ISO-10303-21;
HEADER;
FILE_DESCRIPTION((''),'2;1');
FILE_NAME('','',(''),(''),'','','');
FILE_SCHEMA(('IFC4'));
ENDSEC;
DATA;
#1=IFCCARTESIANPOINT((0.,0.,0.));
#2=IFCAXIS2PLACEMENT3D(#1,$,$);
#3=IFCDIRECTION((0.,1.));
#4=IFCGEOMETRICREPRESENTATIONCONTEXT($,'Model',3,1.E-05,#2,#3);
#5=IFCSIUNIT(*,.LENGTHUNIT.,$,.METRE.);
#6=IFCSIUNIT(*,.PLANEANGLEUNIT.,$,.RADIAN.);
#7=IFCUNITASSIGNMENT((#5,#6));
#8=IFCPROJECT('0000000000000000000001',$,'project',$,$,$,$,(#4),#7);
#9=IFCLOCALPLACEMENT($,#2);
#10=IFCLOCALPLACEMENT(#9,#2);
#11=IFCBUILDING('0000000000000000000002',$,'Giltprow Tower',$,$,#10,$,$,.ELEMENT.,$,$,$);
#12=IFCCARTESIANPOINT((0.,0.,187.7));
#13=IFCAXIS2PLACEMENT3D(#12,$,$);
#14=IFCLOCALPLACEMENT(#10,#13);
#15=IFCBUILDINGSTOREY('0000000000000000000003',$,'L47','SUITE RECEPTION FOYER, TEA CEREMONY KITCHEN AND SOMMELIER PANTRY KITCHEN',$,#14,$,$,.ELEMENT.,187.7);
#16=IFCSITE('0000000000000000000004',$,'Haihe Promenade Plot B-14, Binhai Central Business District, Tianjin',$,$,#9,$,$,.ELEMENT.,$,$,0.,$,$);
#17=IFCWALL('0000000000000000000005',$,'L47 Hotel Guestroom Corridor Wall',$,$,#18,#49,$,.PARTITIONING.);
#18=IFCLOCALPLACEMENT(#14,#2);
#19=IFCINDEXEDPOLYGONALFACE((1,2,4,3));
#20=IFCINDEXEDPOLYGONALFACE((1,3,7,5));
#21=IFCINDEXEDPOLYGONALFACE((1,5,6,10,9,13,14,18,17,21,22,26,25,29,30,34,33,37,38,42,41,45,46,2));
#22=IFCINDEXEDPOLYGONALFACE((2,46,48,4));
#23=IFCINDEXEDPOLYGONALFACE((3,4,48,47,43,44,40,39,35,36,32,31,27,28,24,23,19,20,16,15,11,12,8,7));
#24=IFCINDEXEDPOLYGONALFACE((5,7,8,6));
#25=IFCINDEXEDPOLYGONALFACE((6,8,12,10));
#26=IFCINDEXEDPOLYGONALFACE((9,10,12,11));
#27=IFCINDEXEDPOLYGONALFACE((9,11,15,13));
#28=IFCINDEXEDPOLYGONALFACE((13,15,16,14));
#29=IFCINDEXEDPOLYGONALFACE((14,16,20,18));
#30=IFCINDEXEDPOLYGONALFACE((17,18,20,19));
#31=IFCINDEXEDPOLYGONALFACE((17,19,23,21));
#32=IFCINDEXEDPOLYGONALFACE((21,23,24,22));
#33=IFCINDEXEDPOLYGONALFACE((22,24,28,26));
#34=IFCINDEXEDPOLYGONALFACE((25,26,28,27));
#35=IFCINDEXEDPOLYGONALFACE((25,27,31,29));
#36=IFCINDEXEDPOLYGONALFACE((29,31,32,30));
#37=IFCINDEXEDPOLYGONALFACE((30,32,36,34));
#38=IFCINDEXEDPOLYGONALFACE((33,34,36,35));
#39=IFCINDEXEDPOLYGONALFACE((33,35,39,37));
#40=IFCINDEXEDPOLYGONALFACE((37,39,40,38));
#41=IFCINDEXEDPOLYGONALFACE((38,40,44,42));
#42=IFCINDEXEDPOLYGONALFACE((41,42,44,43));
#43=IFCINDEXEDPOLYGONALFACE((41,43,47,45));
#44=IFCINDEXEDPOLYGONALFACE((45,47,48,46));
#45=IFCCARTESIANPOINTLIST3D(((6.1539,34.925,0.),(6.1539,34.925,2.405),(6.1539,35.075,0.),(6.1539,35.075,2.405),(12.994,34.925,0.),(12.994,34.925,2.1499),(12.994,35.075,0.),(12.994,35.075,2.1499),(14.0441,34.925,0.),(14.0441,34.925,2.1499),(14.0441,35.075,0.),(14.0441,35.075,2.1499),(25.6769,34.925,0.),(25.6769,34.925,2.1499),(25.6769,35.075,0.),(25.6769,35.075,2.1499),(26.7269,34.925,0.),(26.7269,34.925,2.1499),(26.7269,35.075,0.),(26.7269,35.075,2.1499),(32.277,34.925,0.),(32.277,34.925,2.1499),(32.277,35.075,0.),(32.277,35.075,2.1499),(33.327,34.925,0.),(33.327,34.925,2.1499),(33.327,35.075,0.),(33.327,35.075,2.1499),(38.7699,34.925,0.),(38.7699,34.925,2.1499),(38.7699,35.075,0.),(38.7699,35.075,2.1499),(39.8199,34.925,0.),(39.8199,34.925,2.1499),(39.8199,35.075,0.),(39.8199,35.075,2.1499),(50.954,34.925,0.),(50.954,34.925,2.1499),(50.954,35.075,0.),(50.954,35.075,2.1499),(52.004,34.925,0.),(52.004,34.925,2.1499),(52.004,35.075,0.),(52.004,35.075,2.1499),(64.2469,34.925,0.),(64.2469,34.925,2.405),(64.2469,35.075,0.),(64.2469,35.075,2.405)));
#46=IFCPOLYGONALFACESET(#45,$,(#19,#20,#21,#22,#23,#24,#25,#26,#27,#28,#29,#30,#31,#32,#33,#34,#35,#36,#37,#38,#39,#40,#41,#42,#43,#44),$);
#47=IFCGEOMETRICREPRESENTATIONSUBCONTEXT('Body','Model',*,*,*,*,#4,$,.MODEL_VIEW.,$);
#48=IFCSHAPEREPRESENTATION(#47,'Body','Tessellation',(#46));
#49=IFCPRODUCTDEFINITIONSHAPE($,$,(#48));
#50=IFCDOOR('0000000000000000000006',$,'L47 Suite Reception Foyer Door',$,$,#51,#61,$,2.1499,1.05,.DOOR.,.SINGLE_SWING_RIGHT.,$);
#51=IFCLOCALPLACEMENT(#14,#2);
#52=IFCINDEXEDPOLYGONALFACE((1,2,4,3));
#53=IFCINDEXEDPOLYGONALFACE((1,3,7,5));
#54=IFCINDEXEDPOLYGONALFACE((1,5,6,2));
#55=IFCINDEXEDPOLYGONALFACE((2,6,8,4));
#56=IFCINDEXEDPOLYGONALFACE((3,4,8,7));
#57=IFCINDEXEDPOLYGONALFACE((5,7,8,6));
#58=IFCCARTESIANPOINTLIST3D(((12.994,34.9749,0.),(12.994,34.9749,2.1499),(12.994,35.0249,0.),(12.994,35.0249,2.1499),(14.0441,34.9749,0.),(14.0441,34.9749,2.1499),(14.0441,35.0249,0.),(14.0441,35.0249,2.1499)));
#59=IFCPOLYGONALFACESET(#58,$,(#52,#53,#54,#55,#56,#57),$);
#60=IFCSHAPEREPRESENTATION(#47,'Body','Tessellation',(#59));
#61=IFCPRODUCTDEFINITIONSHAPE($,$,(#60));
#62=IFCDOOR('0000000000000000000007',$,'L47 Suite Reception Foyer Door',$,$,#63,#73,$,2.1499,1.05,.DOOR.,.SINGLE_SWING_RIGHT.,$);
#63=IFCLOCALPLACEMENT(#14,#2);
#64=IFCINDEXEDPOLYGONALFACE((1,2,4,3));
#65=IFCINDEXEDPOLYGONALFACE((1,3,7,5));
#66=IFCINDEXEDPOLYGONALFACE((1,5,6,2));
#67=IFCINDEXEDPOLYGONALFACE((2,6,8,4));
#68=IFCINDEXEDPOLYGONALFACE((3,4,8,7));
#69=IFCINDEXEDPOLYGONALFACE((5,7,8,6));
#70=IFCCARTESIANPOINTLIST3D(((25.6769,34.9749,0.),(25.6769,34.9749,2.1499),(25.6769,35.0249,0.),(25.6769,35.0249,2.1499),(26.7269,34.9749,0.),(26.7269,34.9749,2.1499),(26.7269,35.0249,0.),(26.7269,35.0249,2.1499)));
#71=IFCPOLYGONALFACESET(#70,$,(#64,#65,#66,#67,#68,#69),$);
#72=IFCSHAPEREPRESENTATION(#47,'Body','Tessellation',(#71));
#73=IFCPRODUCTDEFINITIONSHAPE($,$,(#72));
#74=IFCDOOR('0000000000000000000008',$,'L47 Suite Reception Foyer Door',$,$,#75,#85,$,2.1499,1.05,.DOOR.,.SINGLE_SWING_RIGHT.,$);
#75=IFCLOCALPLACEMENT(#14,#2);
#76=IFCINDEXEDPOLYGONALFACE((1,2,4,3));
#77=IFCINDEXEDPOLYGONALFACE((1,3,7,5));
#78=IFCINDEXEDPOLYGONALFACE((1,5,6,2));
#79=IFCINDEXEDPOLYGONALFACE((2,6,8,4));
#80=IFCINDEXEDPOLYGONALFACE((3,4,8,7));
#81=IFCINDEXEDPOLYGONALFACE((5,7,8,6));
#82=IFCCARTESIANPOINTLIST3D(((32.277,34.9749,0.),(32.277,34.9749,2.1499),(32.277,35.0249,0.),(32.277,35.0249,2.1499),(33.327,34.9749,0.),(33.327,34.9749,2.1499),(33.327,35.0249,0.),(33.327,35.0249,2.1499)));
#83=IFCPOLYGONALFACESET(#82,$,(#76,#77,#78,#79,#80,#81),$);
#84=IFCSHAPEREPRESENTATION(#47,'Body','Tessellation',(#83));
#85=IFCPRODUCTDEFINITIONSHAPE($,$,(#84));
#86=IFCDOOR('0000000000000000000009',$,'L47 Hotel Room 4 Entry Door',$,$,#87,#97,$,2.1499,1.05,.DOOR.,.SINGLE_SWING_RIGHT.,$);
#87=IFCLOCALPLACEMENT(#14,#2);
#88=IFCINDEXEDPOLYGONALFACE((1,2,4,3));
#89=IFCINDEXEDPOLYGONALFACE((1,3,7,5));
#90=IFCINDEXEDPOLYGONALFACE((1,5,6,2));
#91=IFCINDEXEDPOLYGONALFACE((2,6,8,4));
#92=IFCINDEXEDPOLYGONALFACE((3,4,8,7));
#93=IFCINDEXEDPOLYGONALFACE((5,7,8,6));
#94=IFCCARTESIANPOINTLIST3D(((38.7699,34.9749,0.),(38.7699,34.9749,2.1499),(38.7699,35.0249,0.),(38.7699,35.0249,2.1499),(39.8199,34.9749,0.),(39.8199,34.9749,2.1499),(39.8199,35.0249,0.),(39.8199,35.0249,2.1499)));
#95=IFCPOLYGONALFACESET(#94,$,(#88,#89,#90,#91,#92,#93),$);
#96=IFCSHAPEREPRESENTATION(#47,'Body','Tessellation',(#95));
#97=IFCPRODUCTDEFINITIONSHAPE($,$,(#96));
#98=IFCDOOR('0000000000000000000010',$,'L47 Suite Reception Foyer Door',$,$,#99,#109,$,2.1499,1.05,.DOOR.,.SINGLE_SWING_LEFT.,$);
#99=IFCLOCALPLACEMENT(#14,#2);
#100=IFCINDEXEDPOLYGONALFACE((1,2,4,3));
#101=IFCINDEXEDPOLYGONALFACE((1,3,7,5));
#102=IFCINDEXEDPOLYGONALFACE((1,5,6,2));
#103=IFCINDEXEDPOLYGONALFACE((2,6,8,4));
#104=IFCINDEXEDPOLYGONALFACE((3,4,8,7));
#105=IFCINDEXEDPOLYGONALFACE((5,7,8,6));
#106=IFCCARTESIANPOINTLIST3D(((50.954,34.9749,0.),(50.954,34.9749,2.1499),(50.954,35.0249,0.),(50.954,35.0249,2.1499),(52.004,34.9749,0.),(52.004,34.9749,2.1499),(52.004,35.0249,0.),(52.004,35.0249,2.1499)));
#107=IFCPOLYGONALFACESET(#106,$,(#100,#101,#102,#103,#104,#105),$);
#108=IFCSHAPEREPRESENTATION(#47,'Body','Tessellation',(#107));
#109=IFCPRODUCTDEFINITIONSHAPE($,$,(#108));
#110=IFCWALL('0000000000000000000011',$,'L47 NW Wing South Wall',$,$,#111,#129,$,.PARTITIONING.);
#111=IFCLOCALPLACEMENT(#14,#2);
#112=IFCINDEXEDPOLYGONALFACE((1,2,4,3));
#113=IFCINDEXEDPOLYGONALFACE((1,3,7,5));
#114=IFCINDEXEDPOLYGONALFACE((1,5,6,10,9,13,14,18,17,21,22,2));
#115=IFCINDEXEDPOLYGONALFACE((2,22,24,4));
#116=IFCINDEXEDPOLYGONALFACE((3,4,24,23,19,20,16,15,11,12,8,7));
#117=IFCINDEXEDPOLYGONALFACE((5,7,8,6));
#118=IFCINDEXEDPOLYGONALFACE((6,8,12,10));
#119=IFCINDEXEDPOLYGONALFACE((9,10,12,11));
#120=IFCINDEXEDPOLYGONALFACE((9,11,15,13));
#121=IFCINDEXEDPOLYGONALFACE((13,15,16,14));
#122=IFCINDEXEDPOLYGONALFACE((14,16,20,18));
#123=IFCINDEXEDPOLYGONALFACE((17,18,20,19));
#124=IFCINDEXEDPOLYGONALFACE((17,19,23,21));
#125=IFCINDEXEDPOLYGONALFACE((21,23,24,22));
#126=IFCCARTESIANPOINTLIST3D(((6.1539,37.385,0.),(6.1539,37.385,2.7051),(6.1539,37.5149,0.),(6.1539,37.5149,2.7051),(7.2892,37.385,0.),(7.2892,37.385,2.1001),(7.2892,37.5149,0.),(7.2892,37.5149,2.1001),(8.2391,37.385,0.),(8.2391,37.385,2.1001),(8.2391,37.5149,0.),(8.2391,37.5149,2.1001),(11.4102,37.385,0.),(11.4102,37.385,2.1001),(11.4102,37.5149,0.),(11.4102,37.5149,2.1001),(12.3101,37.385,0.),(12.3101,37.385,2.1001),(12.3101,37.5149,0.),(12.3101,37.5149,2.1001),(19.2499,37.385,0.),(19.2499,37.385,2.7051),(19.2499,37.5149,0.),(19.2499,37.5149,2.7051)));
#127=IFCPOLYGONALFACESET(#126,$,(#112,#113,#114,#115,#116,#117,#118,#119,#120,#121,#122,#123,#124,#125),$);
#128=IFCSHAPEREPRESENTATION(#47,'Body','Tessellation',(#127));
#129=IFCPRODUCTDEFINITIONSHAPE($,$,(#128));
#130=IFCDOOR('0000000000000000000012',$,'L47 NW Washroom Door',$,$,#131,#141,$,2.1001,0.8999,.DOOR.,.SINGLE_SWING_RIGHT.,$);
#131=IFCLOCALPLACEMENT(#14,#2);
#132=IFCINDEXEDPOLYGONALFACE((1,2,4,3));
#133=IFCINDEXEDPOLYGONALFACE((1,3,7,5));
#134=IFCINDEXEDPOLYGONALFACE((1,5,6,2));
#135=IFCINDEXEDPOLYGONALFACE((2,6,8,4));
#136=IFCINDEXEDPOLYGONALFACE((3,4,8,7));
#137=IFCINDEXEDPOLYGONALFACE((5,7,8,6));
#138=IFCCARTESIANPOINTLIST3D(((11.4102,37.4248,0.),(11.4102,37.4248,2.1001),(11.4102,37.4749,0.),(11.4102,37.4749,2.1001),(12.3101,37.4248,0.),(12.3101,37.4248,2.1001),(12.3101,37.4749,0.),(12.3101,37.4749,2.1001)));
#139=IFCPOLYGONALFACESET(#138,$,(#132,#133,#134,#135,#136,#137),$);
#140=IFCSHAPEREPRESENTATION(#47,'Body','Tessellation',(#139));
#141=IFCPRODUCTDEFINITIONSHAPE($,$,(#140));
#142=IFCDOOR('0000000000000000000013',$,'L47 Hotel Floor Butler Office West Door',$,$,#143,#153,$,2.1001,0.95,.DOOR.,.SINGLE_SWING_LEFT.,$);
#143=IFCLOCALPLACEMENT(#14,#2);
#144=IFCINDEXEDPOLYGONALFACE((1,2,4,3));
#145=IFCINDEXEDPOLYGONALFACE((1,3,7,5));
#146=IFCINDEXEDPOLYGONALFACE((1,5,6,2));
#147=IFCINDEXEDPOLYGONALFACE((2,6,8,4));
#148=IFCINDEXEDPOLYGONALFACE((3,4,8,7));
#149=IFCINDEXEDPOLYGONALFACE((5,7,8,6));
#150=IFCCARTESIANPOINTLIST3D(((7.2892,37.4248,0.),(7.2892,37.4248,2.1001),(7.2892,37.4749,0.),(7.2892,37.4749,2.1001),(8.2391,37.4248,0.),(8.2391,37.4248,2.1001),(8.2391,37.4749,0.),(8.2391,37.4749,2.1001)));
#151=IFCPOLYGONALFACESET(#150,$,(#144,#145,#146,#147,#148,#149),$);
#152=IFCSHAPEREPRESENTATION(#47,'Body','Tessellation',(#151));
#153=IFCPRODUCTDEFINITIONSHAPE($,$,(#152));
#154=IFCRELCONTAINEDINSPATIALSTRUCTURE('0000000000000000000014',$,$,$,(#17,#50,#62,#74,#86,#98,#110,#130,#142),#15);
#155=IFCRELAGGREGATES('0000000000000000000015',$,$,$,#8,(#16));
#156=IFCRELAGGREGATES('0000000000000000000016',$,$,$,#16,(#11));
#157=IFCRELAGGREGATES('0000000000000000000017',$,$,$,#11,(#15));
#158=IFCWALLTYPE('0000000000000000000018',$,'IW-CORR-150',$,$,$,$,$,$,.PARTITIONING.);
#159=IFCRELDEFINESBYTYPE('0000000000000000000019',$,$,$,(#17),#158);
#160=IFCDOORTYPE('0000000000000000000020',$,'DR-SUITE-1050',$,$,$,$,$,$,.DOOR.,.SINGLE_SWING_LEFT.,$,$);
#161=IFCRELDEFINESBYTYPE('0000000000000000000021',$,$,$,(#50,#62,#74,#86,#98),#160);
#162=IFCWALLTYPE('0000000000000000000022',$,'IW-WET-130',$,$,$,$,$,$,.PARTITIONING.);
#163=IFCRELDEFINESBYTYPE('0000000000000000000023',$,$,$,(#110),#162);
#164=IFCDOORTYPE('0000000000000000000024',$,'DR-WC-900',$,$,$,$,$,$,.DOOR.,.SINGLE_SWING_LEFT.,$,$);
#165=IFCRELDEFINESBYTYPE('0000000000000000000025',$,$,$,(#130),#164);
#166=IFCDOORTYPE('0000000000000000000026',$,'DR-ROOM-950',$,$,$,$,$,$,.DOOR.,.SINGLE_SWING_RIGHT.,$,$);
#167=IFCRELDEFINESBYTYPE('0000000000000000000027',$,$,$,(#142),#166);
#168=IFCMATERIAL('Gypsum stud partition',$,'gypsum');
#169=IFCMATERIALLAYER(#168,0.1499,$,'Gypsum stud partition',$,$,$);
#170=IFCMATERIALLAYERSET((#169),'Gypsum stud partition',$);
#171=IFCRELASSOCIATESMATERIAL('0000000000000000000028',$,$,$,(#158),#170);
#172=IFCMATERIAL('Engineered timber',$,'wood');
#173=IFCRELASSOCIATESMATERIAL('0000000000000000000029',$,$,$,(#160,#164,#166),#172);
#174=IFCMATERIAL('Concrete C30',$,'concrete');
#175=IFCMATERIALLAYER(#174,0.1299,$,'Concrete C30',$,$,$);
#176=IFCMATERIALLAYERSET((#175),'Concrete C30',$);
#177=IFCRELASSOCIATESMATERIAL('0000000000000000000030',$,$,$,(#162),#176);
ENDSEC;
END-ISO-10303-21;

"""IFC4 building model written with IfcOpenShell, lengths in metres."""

from ifc_helpers import new_model, si_unit, direction, frame, frame_2d, origin, place, context, subcontext, project, spatial, rectangle, extrude, source, transform, mapped, material, layer, layer_set, type_object, element, fill, save


model = new_model("IFC4")

# Units and contexts
model_context = context("Model", 3, precision=1e-05, world=origin(), true_north=direction((0.0, 1.0)))
body_context = subcontext(model_context, "Body", "Model", "MODEL_VIEW")
ifc_project = project(units=[si_unit("LENGTHUNIT", "METRE"), si_unit("PLANEANGLEUNIT", "RADIAN")], contexts=[model_context])

# Site, building, storey
site_placement = place(None, origin())
site = spatial("IfcSite", under=ifc_project, at=site_placement, Name="Haihe Promenade Plot B-14, Binhai Central Business District, Tianjin", CompositionType="ELEMENT", RefElevation=0.0)
building_placement = place(site_placement, origin())
building = spatial("IfcBuilding", under=site, at=building_placement, Name="Giltprow Tower", CompositionType="ELEMENT")
storey_placement = place(building_placement, frame((0.0, 0.0, 187.7)))
storey = spatial("IfcBuildingStorey", under=building, at=storey_placement, Name="L47", Description="SUITE RECEPTION FOYER, TEA CEREMONY KITCHEN AND SOMMELIER PANTRY KITCHEN", CompositionType="ELEMENT", Elevation=187.7)

# Walls, openings, doors
ifc_material_1 = material(Name="Gypsum stud partition", Category="gypsum")
ifc_layer_1 = layer(ifc_material_1, 0.1499, Name="Gypsum stud partition")
ifc_layer_set_1 = layer_set([ifc_layer_1], Name="Gypsum stud partition")
wall_type_1 = type_object("IfcWallType", Name="IW-CORR-150", PredefinedType="PARTITIONING", material=ifc_layer_set_1)
wall_1_placement = place(storey_placement, frame((6.1541, 35.0, 0.0), z_axis=(0.0, 0.0, 1.0), x_axis=(1.0, 0.0, 0.0)))
wall_1 = element("IfcWall", 1, at=wall_1_placement, inside=storey, type_object=wall_type_1, Name="L47 Hotel Guestroom Corridor Wall", PredefinedType="PARTITIONING", context=body_context, shape_type="SweptSolid", body=[
    extrude(rectangle(XDim=58.093, YDim=0.1499, at=frame_2d((29.0464, 0.0))), origin(), (0.0, 0.0, 1.0), 2.405),
])
opening_1_placement = place(wall_1_placement, frame((6.8401, 0.0, 0.0)))
opening_1 = element("IfcOpeningElement", 2, at=opening_1_placement, cuts=wall_1, PredefinedType="OPENING", context=body_context, shape_type="SweptSolid", body=[
    extrude(rectangle(XDim=1.05, YDim=2.1499, at=frame_2d((0.5249, 1.075))), frame((0.0, 0.085, 0.0), z_axis=(0.0, -1.0, 0.0), x_axis=(1.0, 0.0, 0.0)), (0.0, 0.0, 1.0), 0.1699),
])
opening_2_placement = place(wall_1_placement, frame((19.5229, 0.0, 0.0)))
opening_2 = element("IfcOpeningElement", 3, at=opening_2_placement, cuts=wall_1, PredefinedType="OPENING", context=body_context, shape_type="SweptSolid", body=[
    extrude(rectangle(XDim=1.05, YDim=2.1499, at=frame_2d((0.5249, 1.075))), frame((0.0, 0.085, 0.0), z_axis=(0.0, -1.0, 0.0), x_axis=(1.0, 0.0, 0.0)), (0.0, 0.0, 1.0), 0.1699),
])
opening_3_placement = place(wall_1_placement, frame((26.123, 0.0, 0.0)))
opening_3 = element("IfcOpeningElement", 4, at=opening_3_placement, cuts=wall_1, PredefinedType="OPENING", context=body_context, shape_type="SweptSolid", body=[
    extrude(rectangle(XDim=1.05, YDim=2.1499, at=frame_2d((0.5249, 1.075))), frame((0.0, 0.085, 0.0), z_axis=(0.0, -1.0, 0.0), x_axis=(1.0, 0.0, 0.0)), (0.0, 0.0, 1.0), 0.1699),
])
opening_4_placement = place(wall_1_placement, frame((32.616, 0.0, 0.0)))
opening_4 = element("IfcOpeningElement", 5, at=opening_4_placement, cuts=wall_1, PredefinedType="OPENING", context=body_context, shape_type="SweptSolid", body=[
    extrude(rectangle(XDim=1.05, YDim=2.1499, at=frame_2d((0.5249, 1.075))), frame((0.0, 0.085, 0.0), z_axis=(0.0, -1.0, 0.0), x_axis=(1.0, 0.0, 0.0)), (0.0, 0.0, 1.0), 0.1699),
])
opening_5_placement = place(wall_1_placement, frame((44.8, 0.0, 0.0)))
opening_5 = element("IfcOpeningElement", 6, at=opening_5_placement, cuts=wall_1, PredefinedType="OPENING", context=body_context, shape_type="SweptSolid", body=[
    extrude(rectangle(XDim=1.05, YDim=2.1499, at=frame_2d((0.5249, 1.075))), frame((0.0, 0.085, 0.0), z_axis=(0.0, -1.0, 0.0), x_axis=(1.0, 0.0, 0.0)), (0.0, 0.0, 1.0), 0.1699),
])
ifc_material_2 = material(Name="Engineered timber", Category="wood")
door_type_1 = type_object("IfcDoorType", Name="DR-SUITE-1050", OperationType="SINGLE_SWING_LEFT", PredefinedType="DOOR", material=ifc_material_2)
shared_shape_1 = source(origin(), body_context, "Body", "SweptSolid", [
    extrude(rectangle(XDim=1.05, YDim=2.1499, at=frame_2d((0.5249, 1.075))), frame((0.0, 0.0249, 0.0), z_axis=(0.0, -1.0, 0.0), x_axis=(1.0, 0.0, 0.0)), (0.0, 0.0, 1.0), 0.05),
])
door_1_placement = place(opening_1_placement, origin())
door_1 = element("IfcDoor", 7, at=door_1_placement, inside=storey, type_object=door_type_1, Name="L47 Suite Reception Foyer Door", OperationType="SINGLE_SWING_RIGHT", OverallHeight=2.1499, OverallWidth=1.05, PredefinedType="DOOR", context=body_context, shape_type="MappedRepresentation", body=[
    mapped(shared_shape_1, transform((0.0, 0.0, 0.0), x_axis=(1.0, 0.0, 0.0), y_axis=(0.0, 1.0, 0.0), z_axis=(0.0, 0.0, 1.0), scale=1.0)),
])
fill(opening_1, door_1)
door_2_placement = place(opening_2_placement, origin())
door_2 = element("IfcDoor", 8, at=door_2_placement, inside=storey, type_object=door_type_1, Name="L47 Suite Reception Foyer Door", OperationType="SINGLE_SWING_RIGHT", OverallHeight=2.1499, OverallWidth=1.05, PredefinedType="DOOR", context=body_context, shape_type="MappedRepresentation", body=[
    mapped(shared_shape_1, transform((0.0, 0.0, 0.0), x_axis=(1.0, 0.0, 0.0), y_axis=(0.0, 1.0, 0.0), z_axis=(0.0, 0.0, 1.0), scale=1.0)),
])
fill(opening_2, door_2)
door_3_placement = place(opening_3_placement, origin())
door_3 = element("IfcDoor", 9, at=door_3_placement, inside=storey, type_object=door_type_1, Name="L47 Suite Reception Foyer Door", OperationType="SINGLE_SWING_RIGHT", OverallHeight=2.1499, OverallWidth=1.05, PredefinedType="DOOR", context=body_context, shape_type="MappedRepresentation", body=[
    mapped(shared_shape_1, transform((0.0, 0.0, 0.0), x_axis=(1.0, 0.0, 0.0), y_axis=(0.0, 1.0, 0.0), z_axis=(0.0, 0.0, 1.0), scale=1.0)),
])
fill(opening_3, door_3)
door_4_placement = place(opening_4_placement, origin())
door_4 = element("IfcDoor", 10, at=door_4_placement, inside=storey, type_object=door_type_1, Name="L47 Hotel Room 4 Entry Door", OperationType="SINGLE_SWING_RIGHT", OverallHeight=2.1499, OverallWidth=1.05, PredefinedType="DOOR", context=body_context, shape_type="MappedRepresentation", body=[
    mapped(shared_shape_1, transform((0.0, 0.0, 0.0), x_axis=(1.0, 0.0, 0.0), y_axis=(0.0, 1.0, 0.0), z_axis=(0.0, 0.0, 1.0), scale=1.0)),
])
fill(opening_4, door_4)
door_5_placement = place(opening_5_placement, origin())
door_5 = element("IfcDoor", 11, at=door_5_placement, inside=storey, type_object=door_type_1, Name="L47 Suite Reception Foyer Door", OperationType="SINGLE_SWING_LEFT", OverallHeight=2.1499, OverallWidth=1.05, PredefinedType="DOOR", context=body_context, shape_type="MappedRepresentation", body=[
    mapped(shared_shape_1, transform((0.0, 0.0, 0.0), x_axis=(1.0, 0.0, 0.0), y_axis=(0.0, 1.0, 0.0), z_axis=(0.0, 0.0, 1.0), scale=1.0)),
])
fill(opening_5, door_5)
ifc_material_3 = material(Name="Concrete C30", Category="concrete")
ifc_layer_2 = layer(ifc_material_3, 0.1299, Name="Concrete C30")
ifc_layer_set_2 = layer_set([ifc_layer_2], Name="Concrete C30")
wall_type_2 = type_object("IfcWallType", Name="IW-WET-130", PredefinedType="PARTITIONING", material=ifc_layer_set_2)
wall_2_placement = place(storey_placement, frame((6.1541, 37.45, 0.0), z_axis=(0.0, 0.0, 1.0), x_axis=(1.0, 0.0, 0.0)))
wall_2 = element("IfcWall", 12, at=wall_2_placement, inside=storey, type_object=wall_type_2, Name="L47 NW Wing South Wall", PredefinedType="PARTITIONING", context=body_context, shape_type="SweptSolid", body=[
    extrude(rectangle(XDim=13.0959, YDim=0.1299, at=frame_2d((6.5479, 0.0))), origin(), (0.0, 0.0, 1.0), 2.7051),
])
opening_6_placement = place(wall_2_placement, frame((1.135, 0.0, 0.0)))
opening_6 = element("IfcOpeningElement", 13, at=opening_6_placement, cuts=wall_2, PredefinedType="OPENING", context=body_context, shape_type="SweptSolid", body=[
    extrude(rectangle(XDim=0.95, YDim=2.1001, at=frame_2d((0.4751, 1.05))), frame((0.0, 0.075, 0.0), z_axis=(0.0, -1.0, 0.0), x_axis=(1.0, 0.0, 0.0)), (0.0, 0.0, 1.0), 0.1499),
])
opening_7_placement = place(wall_2_placement, frame((5.2561, 0.0, 0.0)))
opening_7 = element("IfcOpeningElement", 14, at=opening_7_placement, cuts=wall_2, PredefinedType="OPENING", context=body_context, shape_type="SweptSolid", body=[
    extrude(rectangle(XDim=0.8999, YDim=2.1001, at=frame_2d((0.45, 1.05))), frame((0.0, 0.075, 0.0), z_axis=(0.0, -1.0, 0.0), x_axis=(1.0, 0.0, 0.0)), (0.0, 0.0, 1.0), 0.1499),
])
door_type_2 = type_object("IfcDoorType", Name="DR-WC-900", OperationType="SINGLE_SWING_LEFT", PredefinedType="DOOR", material=ifc_material_2)
shared_shape_2 = source(origin(), body_context, "Body", "SweptSolid", [
    extrude(rectangle(XDim=0.8999, YDim=2.1001, at=frame_2d((0.45, 1.05))), frame((0.0, 0.0249, 0.0), z_axis=(0.0, -1.0, 0.0), x_axis=(1.0, 0.0, 0.0)), (0.0, 0.0, 1.0), 0.05),
])
door_6_placement = place(opening_7_placement, origin())
door_6 = element("IfcDoor", 15, at=door_6_placement, inside=storey, type_object=door_type_2, Name="L47 NW Washroom Door", OperationType="SINGLE_SWING_RIGHT", OverallHeight=2.1001, OverallWidth=0.8999, PredefinedType="DOOR", context=body_context, shape_type="MappedRepresentation", body=[
    mapped(shared_shape_2, transform((0.0, 0.0, 0.0), x_axis=(1.0, 0.0, 0.0), y_axis=(0.0, 1.0, 0.0), z_axis=(0.0, 0.0, 1.0), scale=1.0)),
])
fill(opening_7, door_6)
door_type_3 = type_object("IfcDoorType", Name="DR-ROOM-950", OperationType="SINGLE_SWING_RIGHT", PredefinedType="DOOR", material=ifc_material_2)
shared_shape_3 = source(origin(), body_context, "Body", "SweptSolid", [
    extrude(rectangle(XDim=0.95, YDim=2.1001, at=frame_2d((0.4751, 1.05))), frame((0.0, 0.0249, 0.0), z_axis=(0.0, -1.0, 0.0), x_axis=(1.0, 0.0, 0.0)), (0.0, 0.0, 1.0), 0.05),
])
door_7_placement = place(opening_6_placement, origin())
door_7 = element("IfcDoor", 16, at=door_7_placement, inside=storey, type_object=door_type_3, Name="L47 Hotel Floor Butler Office West Door", OperationType="SINGLE_SWING_LEFT", OverallHeight=2.1001, OverallWidth=0.95, PredefinedType="DOOR", context=body_context, shape_type="MappedRepresentation", body=[
    mapped(shared_shape_3, transform((0.0, 0.0, 0.0), x_axis=(1.0, 0.0, 0.0), y_axis=(0.0, 1.0, 0.0), z_axis=(0.0, 0.0, 1.0), scale=1.0)),
])
fill(opening_6, door_7)

save(model, "model.ifc")
